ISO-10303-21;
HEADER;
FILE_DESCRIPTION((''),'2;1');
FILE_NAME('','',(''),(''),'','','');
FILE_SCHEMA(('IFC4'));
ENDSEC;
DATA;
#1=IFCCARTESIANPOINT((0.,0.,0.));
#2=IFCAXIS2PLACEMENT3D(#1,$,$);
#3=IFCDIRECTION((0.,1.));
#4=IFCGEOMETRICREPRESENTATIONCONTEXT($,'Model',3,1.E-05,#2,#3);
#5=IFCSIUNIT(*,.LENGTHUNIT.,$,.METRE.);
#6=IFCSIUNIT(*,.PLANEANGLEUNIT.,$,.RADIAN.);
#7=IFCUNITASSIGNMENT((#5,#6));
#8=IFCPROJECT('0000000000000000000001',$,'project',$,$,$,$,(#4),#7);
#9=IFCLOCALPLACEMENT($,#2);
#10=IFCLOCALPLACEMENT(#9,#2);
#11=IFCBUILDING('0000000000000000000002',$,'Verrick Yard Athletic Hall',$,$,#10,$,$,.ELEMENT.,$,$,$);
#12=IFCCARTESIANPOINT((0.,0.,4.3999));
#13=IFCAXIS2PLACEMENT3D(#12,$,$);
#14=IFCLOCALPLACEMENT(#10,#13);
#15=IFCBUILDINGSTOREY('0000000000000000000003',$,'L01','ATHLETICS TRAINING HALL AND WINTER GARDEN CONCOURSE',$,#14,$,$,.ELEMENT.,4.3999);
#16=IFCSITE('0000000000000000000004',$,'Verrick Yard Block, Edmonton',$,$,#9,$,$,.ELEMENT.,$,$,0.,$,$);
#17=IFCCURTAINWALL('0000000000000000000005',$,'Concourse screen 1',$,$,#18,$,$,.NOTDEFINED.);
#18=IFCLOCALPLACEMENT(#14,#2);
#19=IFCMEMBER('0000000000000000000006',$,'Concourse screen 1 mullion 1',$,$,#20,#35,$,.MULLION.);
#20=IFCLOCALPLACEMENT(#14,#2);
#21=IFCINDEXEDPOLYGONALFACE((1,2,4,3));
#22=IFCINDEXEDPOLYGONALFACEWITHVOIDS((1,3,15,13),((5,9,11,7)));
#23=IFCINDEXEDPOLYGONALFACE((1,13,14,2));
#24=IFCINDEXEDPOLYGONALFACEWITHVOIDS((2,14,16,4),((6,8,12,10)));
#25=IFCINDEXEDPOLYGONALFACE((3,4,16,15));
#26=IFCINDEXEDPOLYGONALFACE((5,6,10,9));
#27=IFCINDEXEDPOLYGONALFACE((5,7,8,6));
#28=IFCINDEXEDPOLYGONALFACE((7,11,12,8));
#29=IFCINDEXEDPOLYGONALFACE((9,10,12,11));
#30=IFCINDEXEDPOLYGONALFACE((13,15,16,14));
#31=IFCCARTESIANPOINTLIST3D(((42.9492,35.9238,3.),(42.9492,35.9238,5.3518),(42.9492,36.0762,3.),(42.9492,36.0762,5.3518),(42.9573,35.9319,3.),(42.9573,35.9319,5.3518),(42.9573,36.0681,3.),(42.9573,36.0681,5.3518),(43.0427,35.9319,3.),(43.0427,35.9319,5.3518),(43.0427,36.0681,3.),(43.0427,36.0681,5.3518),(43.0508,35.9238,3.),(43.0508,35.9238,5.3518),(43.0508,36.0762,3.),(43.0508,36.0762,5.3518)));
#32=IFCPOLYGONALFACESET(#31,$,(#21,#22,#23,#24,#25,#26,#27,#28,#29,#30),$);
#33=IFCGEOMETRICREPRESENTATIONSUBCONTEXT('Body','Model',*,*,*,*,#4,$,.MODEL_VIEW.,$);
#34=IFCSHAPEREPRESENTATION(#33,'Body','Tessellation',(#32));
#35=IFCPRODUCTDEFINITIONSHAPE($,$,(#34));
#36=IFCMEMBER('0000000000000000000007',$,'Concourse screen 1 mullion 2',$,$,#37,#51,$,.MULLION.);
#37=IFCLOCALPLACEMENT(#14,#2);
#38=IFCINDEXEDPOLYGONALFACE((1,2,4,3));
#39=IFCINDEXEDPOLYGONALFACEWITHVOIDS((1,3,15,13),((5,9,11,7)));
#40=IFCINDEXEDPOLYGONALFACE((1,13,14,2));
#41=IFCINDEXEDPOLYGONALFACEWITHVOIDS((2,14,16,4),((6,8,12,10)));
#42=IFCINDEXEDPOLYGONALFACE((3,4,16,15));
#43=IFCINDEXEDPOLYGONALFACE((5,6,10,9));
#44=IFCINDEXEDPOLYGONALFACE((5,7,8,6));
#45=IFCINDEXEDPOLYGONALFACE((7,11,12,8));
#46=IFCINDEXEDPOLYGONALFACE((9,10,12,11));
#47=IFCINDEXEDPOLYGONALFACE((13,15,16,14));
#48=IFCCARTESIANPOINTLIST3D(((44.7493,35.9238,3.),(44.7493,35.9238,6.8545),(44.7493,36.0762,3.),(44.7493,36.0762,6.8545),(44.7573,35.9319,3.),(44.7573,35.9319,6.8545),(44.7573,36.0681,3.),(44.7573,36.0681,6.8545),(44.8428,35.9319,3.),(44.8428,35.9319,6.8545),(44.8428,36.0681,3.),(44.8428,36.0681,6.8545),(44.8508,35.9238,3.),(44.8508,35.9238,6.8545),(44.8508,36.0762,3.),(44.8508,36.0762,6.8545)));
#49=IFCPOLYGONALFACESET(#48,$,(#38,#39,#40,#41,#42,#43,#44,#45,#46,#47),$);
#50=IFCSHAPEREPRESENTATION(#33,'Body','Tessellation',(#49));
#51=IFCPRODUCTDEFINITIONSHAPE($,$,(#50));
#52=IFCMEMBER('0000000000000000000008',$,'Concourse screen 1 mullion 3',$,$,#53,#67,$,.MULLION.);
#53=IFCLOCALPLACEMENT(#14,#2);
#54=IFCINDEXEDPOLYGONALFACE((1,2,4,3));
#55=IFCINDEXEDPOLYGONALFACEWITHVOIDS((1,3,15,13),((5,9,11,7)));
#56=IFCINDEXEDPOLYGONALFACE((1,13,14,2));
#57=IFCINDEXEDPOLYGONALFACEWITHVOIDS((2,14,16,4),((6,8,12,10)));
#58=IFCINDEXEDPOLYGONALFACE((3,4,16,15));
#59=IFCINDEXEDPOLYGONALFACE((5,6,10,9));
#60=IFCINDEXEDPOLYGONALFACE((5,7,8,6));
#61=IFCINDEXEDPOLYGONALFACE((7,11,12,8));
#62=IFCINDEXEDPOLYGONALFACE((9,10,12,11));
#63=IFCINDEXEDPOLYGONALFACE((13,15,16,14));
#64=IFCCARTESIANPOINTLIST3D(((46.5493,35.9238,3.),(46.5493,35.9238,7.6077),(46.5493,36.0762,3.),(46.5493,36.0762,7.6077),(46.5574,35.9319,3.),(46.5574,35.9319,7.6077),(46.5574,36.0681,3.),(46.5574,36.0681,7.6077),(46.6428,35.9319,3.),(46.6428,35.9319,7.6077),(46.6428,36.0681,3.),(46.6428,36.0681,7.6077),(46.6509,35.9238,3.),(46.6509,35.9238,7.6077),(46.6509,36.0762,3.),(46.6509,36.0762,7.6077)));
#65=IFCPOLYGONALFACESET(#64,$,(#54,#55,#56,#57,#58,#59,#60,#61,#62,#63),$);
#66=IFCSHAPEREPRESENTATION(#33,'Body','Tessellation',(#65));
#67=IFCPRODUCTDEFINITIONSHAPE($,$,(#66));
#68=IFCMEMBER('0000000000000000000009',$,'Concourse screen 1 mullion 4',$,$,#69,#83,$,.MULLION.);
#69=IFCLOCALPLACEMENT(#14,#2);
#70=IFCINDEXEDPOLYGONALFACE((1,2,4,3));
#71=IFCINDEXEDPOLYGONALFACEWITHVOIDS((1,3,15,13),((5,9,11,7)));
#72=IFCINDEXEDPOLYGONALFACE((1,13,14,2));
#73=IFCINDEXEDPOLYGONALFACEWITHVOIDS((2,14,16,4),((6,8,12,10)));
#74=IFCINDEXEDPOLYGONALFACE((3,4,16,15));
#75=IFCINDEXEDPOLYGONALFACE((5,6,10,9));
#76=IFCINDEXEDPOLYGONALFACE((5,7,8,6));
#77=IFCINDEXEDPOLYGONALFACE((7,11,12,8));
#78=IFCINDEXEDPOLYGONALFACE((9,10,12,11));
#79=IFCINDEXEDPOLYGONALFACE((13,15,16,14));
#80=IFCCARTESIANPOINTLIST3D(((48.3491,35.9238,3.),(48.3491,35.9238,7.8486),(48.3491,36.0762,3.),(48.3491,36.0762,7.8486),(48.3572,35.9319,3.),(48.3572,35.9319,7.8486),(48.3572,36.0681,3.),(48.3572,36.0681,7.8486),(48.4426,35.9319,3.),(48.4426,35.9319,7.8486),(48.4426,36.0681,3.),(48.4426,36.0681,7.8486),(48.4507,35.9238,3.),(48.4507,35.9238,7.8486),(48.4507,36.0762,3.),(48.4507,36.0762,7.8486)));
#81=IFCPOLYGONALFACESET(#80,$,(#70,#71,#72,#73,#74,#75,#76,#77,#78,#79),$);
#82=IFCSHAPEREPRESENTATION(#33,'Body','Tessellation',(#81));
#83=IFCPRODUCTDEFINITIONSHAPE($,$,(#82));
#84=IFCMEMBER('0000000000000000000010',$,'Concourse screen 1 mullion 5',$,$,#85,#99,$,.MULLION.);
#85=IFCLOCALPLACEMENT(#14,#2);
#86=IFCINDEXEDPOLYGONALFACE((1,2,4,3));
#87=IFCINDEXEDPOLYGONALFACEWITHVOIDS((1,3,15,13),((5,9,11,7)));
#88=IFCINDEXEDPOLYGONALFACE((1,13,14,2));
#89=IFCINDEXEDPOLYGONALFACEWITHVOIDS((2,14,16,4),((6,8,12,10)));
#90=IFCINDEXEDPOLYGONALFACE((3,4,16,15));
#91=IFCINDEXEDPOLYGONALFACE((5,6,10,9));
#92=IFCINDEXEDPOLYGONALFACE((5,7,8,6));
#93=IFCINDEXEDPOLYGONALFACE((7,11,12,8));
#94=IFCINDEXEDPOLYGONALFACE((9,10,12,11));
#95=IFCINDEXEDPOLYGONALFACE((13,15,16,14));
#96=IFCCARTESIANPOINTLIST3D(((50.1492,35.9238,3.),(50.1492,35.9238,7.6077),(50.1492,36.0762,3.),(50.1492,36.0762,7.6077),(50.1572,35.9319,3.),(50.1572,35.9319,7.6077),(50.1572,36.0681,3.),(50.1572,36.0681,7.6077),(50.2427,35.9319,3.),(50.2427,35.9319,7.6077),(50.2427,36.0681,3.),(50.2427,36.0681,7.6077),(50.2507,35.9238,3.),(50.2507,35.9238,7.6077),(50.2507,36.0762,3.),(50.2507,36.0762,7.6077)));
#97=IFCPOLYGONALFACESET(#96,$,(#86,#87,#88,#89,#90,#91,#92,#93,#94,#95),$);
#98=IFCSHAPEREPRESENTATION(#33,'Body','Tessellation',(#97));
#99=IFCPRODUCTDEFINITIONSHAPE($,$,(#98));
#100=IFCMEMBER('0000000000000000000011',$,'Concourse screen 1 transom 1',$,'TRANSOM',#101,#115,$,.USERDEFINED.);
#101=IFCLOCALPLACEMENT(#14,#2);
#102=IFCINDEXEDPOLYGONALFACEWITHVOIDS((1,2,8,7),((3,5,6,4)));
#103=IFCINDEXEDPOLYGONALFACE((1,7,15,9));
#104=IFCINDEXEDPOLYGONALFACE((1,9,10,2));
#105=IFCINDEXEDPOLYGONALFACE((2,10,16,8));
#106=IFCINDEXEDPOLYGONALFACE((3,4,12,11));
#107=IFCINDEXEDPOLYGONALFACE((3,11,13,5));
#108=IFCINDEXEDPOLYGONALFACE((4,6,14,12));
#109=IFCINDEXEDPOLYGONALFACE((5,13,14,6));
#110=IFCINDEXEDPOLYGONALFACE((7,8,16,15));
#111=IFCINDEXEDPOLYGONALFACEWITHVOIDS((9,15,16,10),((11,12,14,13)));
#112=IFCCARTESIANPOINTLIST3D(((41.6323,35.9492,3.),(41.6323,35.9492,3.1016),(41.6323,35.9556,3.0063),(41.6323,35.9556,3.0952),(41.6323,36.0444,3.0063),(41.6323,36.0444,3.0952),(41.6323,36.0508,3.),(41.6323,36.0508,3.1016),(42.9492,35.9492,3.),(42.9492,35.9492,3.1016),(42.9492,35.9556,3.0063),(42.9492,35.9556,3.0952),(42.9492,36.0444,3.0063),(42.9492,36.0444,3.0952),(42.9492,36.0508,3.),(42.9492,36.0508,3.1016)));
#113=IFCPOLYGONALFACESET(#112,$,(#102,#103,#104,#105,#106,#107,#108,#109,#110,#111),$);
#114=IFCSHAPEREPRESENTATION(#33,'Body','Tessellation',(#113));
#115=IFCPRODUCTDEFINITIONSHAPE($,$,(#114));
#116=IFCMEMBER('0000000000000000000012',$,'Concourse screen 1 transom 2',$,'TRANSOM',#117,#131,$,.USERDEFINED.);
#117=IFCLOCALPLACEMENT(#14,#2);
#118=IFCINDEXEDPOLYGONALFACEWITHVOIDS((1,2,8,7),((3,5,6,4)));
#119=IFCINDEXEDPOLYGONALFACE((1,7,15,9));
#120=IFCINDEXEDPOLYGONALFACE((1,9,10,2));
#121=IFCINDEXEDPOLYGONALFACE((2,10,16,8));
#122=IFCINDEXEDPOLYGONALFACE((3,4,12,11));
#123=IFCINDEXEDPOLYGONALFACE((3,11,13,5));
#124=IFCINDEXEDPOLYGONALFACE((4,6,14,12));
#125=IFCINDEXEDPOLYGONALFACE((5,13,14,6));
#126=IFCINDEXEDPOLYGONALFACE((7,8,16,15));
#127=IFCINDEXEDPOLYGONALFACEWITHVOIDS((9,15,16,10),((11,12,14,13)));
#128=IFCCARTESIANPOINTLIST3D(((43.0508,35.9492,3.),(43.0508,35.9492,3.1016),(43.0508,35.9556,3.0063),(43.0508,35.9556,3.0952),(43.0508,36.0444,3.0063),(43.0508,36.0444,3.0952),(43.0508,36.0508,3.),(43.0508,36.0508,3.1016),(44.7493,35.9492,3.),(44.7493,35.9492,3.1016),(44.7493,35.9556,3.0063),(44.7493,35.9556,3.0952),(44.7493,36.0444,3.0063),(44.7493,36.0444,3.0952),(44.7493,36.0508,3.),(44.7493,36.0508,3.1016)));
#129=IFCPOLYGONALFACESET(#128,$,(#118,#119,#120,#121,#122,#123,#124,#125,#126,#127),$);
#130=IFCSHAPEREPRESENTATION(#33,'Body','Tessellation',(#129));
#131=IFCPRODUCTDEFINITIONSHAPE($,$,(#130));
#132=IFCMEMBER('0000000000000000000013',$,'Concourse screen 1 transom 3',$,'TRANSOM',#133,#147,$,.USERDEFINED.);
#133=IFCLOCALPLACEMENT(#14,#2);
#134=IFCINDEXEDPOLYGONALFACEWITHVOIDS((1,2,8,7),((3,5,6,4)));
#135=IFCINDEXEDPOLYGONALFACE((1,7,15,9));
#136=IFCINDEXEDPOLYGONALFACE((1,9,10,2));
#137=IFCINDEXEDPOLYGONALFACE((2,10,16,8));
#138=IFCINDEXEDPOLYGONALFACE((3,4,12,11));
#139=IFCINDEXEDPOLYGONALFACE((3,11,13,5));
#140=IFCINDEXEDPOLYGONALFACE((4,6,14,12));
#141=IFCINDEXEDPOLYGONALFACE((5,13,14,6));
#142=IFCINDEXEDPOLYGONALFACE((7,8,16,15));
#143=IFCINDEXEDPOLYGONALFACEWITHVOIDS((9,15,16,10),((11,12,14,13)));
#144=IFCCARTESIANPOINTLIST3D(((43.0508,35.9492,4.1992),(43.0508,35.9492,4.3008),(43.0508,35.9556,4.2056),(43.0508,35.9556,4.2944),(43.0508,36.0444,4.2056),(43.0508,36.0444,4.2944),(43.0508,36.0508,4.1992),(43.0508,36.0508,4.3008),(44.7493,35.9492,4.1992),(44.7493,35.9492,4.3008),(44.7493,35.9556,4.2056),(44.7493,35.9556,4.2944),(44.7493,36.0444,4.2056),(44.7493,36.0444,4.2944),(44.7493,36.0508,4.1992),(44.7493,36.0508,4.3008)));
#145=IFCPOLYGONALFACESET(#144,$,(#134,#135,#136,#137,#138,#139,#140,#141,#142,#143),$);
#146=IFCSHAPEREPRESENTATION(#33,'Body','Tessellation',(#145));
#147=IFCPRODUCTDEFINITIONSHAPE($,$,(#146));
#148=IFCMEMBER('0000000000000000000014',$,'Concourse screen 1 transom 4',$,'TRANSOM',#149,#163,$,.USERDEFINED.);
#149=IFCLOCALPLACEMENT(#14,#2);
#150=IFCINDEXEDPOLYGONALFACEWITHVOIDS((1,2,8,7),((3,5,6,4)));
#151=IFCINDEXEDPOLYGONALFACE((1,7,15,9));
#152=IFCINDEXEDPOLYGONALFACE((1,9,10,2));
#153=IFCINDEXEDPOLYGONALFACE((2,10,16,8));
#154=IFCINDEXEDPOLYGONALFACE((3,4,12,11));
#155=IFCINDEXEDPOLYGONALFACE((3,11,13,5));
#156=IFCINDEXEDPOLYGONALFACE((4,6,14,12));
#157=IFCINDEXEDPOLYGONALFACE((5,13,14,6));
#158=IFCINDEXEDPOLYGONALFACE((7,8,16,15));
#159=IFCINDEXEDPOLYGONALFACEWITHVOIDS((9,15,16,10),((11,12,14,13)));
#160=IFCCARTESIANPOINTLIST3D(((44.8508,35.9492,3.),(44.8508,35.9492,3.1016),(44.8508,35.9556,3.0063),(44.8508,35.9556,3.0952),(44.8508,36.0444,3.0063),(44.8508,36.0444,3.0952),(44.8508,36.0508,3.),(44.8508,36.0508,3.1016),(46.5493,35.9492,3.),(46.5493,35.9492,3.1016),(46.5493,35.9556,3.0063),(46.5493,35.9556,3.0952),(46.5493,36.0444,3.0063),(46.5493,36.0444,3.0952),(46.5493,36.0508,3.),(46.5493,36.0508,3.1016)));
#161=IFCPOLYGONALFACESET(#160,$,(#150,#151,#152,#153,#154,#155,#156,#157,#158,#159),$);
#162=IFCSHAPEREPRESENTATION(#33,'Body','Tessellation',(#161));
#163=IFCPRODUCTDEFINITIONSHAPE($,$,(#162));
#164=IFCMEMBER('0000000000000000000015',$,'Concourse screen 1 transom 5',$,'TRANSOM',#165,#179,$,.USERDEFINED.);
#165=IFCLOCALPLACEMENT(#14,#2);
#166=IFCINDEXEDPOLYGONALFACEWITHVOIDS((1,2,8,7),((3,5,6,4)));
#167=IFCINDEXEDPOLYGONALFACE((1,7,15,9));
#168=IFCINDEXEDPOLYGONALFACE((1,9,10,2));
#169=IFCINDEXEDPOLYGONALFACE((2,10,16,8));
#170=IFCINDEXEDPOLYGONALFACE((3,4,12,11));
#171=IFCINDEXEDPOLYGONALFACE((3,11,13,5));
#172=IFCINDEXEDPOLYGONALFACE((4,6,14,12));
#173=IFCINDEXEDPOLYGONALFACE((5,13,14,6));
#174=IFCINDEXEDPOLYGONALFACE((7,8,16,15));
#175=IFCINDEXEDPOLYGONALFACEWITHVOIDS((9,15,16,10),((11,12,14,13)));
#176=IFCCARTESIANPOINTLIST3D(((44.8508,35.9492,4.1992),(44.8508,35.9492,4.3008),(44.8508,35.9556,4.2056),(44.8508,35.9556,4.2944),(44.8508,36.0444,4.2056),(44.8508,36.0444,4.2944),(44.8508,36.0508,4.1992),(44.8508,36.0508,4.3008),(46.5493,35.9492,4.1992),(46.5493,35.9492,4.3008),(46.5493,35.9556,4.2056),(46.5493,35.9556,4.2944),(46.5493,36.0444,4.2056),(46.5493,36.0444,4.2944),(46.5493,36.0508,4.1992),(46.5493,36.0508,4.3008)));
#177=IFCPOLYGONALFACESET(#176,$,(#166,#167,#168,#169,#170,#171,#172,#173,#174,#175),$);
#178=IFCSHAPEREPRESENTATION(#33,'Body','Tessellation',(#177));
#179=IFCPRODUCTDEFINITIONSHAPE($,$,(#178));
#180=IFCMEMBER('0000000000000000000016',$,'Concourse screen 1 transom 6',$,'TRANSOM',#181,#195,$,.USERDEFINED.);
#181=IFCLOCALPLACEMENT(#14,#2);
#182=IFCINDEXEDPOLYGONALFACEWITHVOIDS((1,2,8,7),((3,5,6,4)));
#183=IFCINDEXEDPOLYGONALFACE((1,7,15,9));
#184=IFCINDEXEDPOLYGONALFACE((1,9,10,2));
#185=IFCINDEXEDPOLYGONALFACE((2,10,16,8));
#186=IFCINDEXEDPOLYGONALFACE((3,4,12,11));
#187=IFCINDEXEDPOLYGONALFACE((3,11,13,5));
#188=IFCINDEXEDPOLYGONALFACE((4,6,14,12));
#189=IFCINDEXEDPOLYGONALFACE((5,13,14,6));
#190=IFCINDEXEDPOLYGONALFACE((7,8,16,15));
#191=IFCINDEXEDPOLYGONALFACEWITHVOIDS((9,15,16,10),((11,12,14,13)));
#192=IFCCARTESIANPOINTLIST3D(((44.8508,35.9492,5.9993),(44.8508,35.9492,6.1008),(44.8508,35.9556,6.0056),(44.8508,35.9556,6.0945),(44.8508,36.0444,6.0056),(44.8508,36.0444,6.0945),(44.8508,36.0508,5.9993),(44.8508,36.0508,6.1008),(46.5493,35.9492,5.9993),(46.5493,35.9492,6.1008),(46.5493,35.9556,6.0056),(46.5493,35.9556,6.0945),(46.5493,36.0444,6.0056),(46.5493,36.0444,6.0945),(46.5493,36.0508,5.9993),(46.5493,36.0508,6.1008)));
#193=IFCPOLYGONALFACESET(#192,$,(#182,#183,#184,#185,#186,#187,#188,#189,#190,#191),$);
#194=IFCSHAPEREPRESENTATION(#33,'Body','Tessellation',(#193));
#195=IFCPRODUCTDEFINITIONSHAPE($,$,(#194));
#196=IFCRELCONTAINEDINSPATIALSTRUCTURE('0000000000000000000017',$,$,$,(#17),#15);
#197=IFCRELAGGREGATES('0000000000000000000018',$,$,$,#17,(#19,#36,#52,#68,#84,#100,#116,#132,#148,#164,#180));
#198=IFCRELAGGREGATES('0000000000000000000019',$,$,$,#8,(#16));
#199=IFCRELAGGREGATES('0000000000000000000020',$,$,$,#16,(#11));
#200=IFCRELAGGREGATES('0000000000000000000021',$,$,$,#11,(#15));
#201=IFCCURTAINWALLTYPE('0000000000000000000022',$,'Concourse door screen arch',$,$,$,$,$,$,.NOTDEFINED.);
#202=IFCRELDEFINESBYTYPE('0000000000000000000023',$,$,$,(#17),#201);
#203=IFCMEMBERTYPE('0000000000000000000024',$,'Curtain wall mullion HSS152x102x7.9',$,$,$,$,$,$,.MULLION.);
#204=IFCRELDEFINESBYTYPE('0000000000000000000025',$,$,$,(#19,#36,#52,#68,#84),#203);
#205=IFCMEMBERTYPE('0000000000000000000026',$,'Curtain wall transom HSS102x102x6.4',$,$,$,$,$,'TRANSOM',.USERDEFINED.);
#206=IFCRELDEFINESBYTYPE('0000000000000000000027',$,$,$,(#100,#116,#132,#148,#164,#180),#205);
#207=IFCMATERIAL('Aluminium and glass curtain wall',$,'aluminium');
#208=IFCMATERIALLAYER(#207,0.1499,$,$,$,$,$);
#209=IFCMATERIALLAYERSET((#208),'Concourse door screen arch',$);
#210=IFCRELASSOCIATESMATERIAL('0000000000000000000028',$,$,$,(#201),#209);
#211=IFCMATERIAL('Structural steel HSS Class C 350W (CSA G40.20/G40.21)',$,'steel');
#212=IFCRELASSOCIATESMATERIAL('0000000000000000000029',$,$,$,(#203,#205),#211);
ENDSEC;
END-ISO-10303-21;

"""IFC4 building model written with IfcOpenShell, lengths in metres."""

from ifc_helpers import new_model, si_unit, direction, frame, origin, origin_2d, place, context, subcontext, project, spatial, hollow_rectangle, extrude, material, layer, layer_set, material_profile, profile_set, type_object, element, aggregate, save


model = new_model("IFC4")

# Units and contexts
model_context = context("Model", 3, precision=1e-05, world=origin(), true_north=direction((0.0, 1.0)))
body_context = subcontext(model_context, "Body", "Model", "MODEL_VIEW")
ifc_project = project(units=[si_unit("LENGTHUNIT", "METRE"), si_unit("PLANEANGLEUNIT", "RADIAN")], contexts=[model_context])

# Site, building, storey
site_placement = place(None, origin())
site = spatial("IfcSite", under=ifc_project, at=site_placement, Name="Verrick Yard Block, Edmonton", CompositionType="ELEMENT", RefElevation=0.0)
building_placement = place(site_placement, origin())
building = spatial("IfcBuilding", under=site, at=building_placement, Name="Verrick Yard Athletic Hall", CompositionType="ELEMENT")
storey_placement = place(building_placement, frame((0.0, 0.0, 4.3999)))
storey = spatial("IfcBuildingStorey", under=building, at=storey_placement, Name="L01", Description="ATHLETICS TRAINING HALL AND WINTER GARDEN CONCOURSE", CompositionType="ELEMENT", Elevation=4.3999)

# Curtain wall, members
ifc_material_1 = material(Name="Aluminium and glass curtain wall", Category="aluminium")
ifc_layer_1 = layer(ifc_material_1, 0.1499)
ifc_layer_set_1 = layer_set([ifc_layer_1], Name="Concourse door screen arch")
curtain_wall_type = type_object("IfcCurtainWallType", Name="Concourse door screen arch", PredefinedType="NOTDEFINED", material=ifc_layer_set_1)
curtain_wall_placement = place(storey_placement, origin())
curtain_wall = element("IfcCurtainWall", 1, at=curtain_wall_placement, inside=storey, type_object=curtain_wall_type, Name="Concourse screen 1", PredefinedType="NOTDEFINED")
ifc_material_2 = material(Name="Structural steel HSS Class C 350W (CSA G40.20/G40.21)", Category="steel")
ifc_material_profile_1 = material_profile(ifc_material_2, hollow_rectangle(XDim=0.1016, YDim=0.1523, WallThickness=0.0081, at=origin_2d()), Name="HSS152x102x7.9")
ifc_profile_set_1 = profile_set([ifc_material_profile_1], Name="Structural steel HSS Class C 350W (CSA G40.20/G40.21)")
member_type_1 = type_object("IfcMemberType", Name="Curtain wall mullion HSS152x102x7.9", PredefinedType="MULLION", material=ifc_profile_set_1)
member_1_placement = place(storey_placement, frame((43.0, 36.0, 3.0), z_axis=(0.0, 0.0, 1.0), x_axis=(1.0, 0.0, 0.0)))
member_1 = element("IfcMember", 2, at=member_1_placement, type_object=member_type_1, Name="Concourse screen 1 mullion 1", PredefinedType="MULLION", context=body_context, shape_type="SweptSolid", body=[
    extrude(hollow_rectangle(XDim=0.1016, YDim=0.1523, WallThickness=0.0081, at=origin_2d()), origin(), (0.0, 0.0, 1.0), 2.3518),
])
member_2_placement = place(storey_placement, frame((44.8, 36.0, 3.0), z_axis=(0.0, 0.0, 1.0), x_axis=(1.0, 0.0, 0.0)))
member_2 = element("IfcMember", 3, at=member_2_placement, type_object=member_type_1, Name="Concourse screen 1 mullion 2", PredefinedType="MULLION", context=body_context, shape_type="SweptSolid", body=[
    extrude(hollow_rectangle(XDim=0.1016, YDim=0.1523, WallThickness=0.0081, at=origin_2d()), origin(), (0.0, 0.0, 1.0), 3.8545),
])
member_3_placement = place(storey_placement, frame((46.6001, 36.0, 3.0), z_axis=(0.0, 0.0, 1.0), x_axis=(1.0, 0.0, 0.0)))
member_3 = element("IfcMember", 4, at=member_3_placement, type_object=member_type_1, Name="Concourse screen 1 mullion 3", PredefinedType="MULLION", context=body_context, shape_type="SweptSolid", body=[
    extrude(hollow_rectangle(XDim=0.1016, YDim=0.1523, WallThickness=0.0081, at=origin_2d()), origin(), (0.0, 0.0, 1.0), 4.6077),
])
member_4_placement = place(storey_placement, frame((48.3999, 36.0, 3.0), z_axis=(0.0, 0.0, 1.0), x_axis=(1.0, 0.0, 0.0)))
member_4 = element("IfcMember", 5, at=member_4_placement, type_object=member_type_1, Name="Concourse screen 1 mullion 4", PredefinedType="MULLION", context=body_context, shape_type="SweptSolid", body=[
    extrude(hollow_rectangle(XDim=0.1016, YDim=0.1523, WallThickness=0.0081, at=origin_2d()), origin(), (0.0, 0.0, 1.0), 4.8486),
])
member_5_placement = place(storey_placement, frame((50.2, 36.0, 3.0), z_axis=(0.0, 0.0, 1.0), x_axis=(1.0, 0.0, 0.0)))
member_5 = element("IfcMember", 6, at=member_5_placement, type_object=member_type_1, Name="Concourse screen 1 mullion 5", PredefinedType="MULLION", context=body_context, shape_type="SweptSolid", body=[
    extrude(hollow_rectangle(XDim=0.1016, YDim=0.1523, WallThickness=0.0081, at=origin_2d()), origin(), (0.0, 0.0, 1.0), 4.6077),
])
ifc_material_profile_2 = material_profile(ifc_material_2, hollow_rectangle(XDim=0.1016, YDim=0.1016, WallThickness=0.0063, at=origin_2d()), Name="HSS102x102x6.4")
ifc_profile_set_2 = profile_set([ifc_material_profile_2], Name="Structural steel HSS Class C 350W (CSA G40.20/G40.21)")
member_type_2 = type_object("IfcMemberType", Name="Curtain wall transom HSS102x102x6.4", ElementType="TRANSOM", PredefinedType="USERDEFINED", material=ifc_profile_set_2)
member_6_placement = place(storey_placement, frame((41.6323, 36.0, 3.0508), z_axis=(1.0, 0.0, 0.0), x_axis=(0.0, 1.0, 0.0)))
member_6 = element("IfcMember", 7, at=member_6_placement, type_object=member_type_2, Name="Concourse screen 1 transom 1", ObjectType="TRANSOM", PredefinedType="USERDEFINED", context=body_context, shape_type="SweptSolid", body=[
    extrude(hollow_rectangle(XDim=0.1016, YDim=0.1016, WallThickness=0.0063, at=origin_2d()), origin(), (0.0, 0.0, 1.0), 1.3169),
])
member_7_placement = place(storey_placement, frame((43.0508, 36.0, 3.0508), z_axis=(1.0, 0.0, 0.0), x_axis=(0.0, 1.0, 0.0)))
member_7 = element("IfcMember", 8, at=member_7_placement, type_object=member_type_2, Name="Concourse screen 1 transom 2", ObjectType="TRANSOM", PredefinedType="USERDEFINED", context=body_context, shape_type="SweptSolid", body=[
    extrude(hollow_rectangle(XDim=0.1016, YDim=0.1016, WallThickness=0.0063, at=origin_2d()), origin(), (0.0, 0.0, 1.0), 1.6985),
])
member_8_placement = place(storey_placement, frame((43.0508, 36.0, 4.25), z_axis=(1.0, 0.0, 0.0), x_axis=(0.0, 1.0, 0.0)))
member_8 = element("IfcMember", 9, at=member_8_placement, type_object=member_type_2, Name="Concourse screen 1 transom 3", ObjectType="TRANSOM", PredefinedType="USERDEFINED", context=body_context, shape_type="SweptSolid", body=[
    extrude(hollow_rectangle(XDim=0.1016, YDim=0.1016, WallThickness=0.0063, at=origin_2d()), origin(), (0.0, 0.0, 1.0), 1.6985),
])
member_9_placement = place(storey_placement, frame((44.8508, 36.0, 3.0508), z_axis=(1.0, 0.0, 0.0), x_axis=(0.0, 1.0, 0.0)))
member_9 = element("IfcMember", 10, at=member_9_placement, type_object=member_type_2, Name="Concourse screen 1 transom 4", ObjectType="TRANSOM", PredefinedType="USERDEFINED", context=body_context, shape_type="SweptSolid", body=[
    extrude(hollow_rectangle(XDim=0.1016, YDim=0.1016, WallThickness=0.0063, at=origin_2d()), origin(), (0.0, 0.0, 1.0), 1.6985),
])
member_10_placement = place(storey_placement, frame((44.8508, 36.0, 4.25), z_axis=(1.0, 0.0, 0.0), x_axis=(0.0, 1.0, 0.0)))
member_10 = element("IfcMember", 11, at=member_10_placement, type_object=member_type_2, Name="Concourse screen 1 transom 5", ObjectType="TRANSOM", PredefinedType="USERDEFINED", context=body_context, shape_type="SweptSolid", body=[
    extrude(hollow_rectangle(XDim=0.1016, YDim=0.1016, WallThickness=0.0063, at=origin_2d()), origin(), (0.0, 0.0, 1.0), 1.6985),
])
member_11_placement = place(storey_placement, frame((44.8508, 36.0, 6.05), z_axis=(1.0, 0.0, 0.0), x_axis=(0.0, 1.0, 0.0)))
member_11 = element("IfcMember", 12, at=member_11_placement, type_object=member_type_2, Name="Concourse screen 1 transom 6", ObjectType="TRANSOM", PredefinedType="USERDEFINED", context=body_context, shape_type="SweptSolid", body=[
    extrude(hollow_rectangle(XDim=0.1016, YDim=0.1016, WallThickness=0.0063, at=origin_2d()), origin(), (0.0, 0.0, 1.0), 1.6985),
])
aggregate(curtain_wall, [member_1, member_2, member_3, member_4, member_5, member_6, member_7, member_8, member_9, member_10, member_11])

save(model, "model.ifc")
